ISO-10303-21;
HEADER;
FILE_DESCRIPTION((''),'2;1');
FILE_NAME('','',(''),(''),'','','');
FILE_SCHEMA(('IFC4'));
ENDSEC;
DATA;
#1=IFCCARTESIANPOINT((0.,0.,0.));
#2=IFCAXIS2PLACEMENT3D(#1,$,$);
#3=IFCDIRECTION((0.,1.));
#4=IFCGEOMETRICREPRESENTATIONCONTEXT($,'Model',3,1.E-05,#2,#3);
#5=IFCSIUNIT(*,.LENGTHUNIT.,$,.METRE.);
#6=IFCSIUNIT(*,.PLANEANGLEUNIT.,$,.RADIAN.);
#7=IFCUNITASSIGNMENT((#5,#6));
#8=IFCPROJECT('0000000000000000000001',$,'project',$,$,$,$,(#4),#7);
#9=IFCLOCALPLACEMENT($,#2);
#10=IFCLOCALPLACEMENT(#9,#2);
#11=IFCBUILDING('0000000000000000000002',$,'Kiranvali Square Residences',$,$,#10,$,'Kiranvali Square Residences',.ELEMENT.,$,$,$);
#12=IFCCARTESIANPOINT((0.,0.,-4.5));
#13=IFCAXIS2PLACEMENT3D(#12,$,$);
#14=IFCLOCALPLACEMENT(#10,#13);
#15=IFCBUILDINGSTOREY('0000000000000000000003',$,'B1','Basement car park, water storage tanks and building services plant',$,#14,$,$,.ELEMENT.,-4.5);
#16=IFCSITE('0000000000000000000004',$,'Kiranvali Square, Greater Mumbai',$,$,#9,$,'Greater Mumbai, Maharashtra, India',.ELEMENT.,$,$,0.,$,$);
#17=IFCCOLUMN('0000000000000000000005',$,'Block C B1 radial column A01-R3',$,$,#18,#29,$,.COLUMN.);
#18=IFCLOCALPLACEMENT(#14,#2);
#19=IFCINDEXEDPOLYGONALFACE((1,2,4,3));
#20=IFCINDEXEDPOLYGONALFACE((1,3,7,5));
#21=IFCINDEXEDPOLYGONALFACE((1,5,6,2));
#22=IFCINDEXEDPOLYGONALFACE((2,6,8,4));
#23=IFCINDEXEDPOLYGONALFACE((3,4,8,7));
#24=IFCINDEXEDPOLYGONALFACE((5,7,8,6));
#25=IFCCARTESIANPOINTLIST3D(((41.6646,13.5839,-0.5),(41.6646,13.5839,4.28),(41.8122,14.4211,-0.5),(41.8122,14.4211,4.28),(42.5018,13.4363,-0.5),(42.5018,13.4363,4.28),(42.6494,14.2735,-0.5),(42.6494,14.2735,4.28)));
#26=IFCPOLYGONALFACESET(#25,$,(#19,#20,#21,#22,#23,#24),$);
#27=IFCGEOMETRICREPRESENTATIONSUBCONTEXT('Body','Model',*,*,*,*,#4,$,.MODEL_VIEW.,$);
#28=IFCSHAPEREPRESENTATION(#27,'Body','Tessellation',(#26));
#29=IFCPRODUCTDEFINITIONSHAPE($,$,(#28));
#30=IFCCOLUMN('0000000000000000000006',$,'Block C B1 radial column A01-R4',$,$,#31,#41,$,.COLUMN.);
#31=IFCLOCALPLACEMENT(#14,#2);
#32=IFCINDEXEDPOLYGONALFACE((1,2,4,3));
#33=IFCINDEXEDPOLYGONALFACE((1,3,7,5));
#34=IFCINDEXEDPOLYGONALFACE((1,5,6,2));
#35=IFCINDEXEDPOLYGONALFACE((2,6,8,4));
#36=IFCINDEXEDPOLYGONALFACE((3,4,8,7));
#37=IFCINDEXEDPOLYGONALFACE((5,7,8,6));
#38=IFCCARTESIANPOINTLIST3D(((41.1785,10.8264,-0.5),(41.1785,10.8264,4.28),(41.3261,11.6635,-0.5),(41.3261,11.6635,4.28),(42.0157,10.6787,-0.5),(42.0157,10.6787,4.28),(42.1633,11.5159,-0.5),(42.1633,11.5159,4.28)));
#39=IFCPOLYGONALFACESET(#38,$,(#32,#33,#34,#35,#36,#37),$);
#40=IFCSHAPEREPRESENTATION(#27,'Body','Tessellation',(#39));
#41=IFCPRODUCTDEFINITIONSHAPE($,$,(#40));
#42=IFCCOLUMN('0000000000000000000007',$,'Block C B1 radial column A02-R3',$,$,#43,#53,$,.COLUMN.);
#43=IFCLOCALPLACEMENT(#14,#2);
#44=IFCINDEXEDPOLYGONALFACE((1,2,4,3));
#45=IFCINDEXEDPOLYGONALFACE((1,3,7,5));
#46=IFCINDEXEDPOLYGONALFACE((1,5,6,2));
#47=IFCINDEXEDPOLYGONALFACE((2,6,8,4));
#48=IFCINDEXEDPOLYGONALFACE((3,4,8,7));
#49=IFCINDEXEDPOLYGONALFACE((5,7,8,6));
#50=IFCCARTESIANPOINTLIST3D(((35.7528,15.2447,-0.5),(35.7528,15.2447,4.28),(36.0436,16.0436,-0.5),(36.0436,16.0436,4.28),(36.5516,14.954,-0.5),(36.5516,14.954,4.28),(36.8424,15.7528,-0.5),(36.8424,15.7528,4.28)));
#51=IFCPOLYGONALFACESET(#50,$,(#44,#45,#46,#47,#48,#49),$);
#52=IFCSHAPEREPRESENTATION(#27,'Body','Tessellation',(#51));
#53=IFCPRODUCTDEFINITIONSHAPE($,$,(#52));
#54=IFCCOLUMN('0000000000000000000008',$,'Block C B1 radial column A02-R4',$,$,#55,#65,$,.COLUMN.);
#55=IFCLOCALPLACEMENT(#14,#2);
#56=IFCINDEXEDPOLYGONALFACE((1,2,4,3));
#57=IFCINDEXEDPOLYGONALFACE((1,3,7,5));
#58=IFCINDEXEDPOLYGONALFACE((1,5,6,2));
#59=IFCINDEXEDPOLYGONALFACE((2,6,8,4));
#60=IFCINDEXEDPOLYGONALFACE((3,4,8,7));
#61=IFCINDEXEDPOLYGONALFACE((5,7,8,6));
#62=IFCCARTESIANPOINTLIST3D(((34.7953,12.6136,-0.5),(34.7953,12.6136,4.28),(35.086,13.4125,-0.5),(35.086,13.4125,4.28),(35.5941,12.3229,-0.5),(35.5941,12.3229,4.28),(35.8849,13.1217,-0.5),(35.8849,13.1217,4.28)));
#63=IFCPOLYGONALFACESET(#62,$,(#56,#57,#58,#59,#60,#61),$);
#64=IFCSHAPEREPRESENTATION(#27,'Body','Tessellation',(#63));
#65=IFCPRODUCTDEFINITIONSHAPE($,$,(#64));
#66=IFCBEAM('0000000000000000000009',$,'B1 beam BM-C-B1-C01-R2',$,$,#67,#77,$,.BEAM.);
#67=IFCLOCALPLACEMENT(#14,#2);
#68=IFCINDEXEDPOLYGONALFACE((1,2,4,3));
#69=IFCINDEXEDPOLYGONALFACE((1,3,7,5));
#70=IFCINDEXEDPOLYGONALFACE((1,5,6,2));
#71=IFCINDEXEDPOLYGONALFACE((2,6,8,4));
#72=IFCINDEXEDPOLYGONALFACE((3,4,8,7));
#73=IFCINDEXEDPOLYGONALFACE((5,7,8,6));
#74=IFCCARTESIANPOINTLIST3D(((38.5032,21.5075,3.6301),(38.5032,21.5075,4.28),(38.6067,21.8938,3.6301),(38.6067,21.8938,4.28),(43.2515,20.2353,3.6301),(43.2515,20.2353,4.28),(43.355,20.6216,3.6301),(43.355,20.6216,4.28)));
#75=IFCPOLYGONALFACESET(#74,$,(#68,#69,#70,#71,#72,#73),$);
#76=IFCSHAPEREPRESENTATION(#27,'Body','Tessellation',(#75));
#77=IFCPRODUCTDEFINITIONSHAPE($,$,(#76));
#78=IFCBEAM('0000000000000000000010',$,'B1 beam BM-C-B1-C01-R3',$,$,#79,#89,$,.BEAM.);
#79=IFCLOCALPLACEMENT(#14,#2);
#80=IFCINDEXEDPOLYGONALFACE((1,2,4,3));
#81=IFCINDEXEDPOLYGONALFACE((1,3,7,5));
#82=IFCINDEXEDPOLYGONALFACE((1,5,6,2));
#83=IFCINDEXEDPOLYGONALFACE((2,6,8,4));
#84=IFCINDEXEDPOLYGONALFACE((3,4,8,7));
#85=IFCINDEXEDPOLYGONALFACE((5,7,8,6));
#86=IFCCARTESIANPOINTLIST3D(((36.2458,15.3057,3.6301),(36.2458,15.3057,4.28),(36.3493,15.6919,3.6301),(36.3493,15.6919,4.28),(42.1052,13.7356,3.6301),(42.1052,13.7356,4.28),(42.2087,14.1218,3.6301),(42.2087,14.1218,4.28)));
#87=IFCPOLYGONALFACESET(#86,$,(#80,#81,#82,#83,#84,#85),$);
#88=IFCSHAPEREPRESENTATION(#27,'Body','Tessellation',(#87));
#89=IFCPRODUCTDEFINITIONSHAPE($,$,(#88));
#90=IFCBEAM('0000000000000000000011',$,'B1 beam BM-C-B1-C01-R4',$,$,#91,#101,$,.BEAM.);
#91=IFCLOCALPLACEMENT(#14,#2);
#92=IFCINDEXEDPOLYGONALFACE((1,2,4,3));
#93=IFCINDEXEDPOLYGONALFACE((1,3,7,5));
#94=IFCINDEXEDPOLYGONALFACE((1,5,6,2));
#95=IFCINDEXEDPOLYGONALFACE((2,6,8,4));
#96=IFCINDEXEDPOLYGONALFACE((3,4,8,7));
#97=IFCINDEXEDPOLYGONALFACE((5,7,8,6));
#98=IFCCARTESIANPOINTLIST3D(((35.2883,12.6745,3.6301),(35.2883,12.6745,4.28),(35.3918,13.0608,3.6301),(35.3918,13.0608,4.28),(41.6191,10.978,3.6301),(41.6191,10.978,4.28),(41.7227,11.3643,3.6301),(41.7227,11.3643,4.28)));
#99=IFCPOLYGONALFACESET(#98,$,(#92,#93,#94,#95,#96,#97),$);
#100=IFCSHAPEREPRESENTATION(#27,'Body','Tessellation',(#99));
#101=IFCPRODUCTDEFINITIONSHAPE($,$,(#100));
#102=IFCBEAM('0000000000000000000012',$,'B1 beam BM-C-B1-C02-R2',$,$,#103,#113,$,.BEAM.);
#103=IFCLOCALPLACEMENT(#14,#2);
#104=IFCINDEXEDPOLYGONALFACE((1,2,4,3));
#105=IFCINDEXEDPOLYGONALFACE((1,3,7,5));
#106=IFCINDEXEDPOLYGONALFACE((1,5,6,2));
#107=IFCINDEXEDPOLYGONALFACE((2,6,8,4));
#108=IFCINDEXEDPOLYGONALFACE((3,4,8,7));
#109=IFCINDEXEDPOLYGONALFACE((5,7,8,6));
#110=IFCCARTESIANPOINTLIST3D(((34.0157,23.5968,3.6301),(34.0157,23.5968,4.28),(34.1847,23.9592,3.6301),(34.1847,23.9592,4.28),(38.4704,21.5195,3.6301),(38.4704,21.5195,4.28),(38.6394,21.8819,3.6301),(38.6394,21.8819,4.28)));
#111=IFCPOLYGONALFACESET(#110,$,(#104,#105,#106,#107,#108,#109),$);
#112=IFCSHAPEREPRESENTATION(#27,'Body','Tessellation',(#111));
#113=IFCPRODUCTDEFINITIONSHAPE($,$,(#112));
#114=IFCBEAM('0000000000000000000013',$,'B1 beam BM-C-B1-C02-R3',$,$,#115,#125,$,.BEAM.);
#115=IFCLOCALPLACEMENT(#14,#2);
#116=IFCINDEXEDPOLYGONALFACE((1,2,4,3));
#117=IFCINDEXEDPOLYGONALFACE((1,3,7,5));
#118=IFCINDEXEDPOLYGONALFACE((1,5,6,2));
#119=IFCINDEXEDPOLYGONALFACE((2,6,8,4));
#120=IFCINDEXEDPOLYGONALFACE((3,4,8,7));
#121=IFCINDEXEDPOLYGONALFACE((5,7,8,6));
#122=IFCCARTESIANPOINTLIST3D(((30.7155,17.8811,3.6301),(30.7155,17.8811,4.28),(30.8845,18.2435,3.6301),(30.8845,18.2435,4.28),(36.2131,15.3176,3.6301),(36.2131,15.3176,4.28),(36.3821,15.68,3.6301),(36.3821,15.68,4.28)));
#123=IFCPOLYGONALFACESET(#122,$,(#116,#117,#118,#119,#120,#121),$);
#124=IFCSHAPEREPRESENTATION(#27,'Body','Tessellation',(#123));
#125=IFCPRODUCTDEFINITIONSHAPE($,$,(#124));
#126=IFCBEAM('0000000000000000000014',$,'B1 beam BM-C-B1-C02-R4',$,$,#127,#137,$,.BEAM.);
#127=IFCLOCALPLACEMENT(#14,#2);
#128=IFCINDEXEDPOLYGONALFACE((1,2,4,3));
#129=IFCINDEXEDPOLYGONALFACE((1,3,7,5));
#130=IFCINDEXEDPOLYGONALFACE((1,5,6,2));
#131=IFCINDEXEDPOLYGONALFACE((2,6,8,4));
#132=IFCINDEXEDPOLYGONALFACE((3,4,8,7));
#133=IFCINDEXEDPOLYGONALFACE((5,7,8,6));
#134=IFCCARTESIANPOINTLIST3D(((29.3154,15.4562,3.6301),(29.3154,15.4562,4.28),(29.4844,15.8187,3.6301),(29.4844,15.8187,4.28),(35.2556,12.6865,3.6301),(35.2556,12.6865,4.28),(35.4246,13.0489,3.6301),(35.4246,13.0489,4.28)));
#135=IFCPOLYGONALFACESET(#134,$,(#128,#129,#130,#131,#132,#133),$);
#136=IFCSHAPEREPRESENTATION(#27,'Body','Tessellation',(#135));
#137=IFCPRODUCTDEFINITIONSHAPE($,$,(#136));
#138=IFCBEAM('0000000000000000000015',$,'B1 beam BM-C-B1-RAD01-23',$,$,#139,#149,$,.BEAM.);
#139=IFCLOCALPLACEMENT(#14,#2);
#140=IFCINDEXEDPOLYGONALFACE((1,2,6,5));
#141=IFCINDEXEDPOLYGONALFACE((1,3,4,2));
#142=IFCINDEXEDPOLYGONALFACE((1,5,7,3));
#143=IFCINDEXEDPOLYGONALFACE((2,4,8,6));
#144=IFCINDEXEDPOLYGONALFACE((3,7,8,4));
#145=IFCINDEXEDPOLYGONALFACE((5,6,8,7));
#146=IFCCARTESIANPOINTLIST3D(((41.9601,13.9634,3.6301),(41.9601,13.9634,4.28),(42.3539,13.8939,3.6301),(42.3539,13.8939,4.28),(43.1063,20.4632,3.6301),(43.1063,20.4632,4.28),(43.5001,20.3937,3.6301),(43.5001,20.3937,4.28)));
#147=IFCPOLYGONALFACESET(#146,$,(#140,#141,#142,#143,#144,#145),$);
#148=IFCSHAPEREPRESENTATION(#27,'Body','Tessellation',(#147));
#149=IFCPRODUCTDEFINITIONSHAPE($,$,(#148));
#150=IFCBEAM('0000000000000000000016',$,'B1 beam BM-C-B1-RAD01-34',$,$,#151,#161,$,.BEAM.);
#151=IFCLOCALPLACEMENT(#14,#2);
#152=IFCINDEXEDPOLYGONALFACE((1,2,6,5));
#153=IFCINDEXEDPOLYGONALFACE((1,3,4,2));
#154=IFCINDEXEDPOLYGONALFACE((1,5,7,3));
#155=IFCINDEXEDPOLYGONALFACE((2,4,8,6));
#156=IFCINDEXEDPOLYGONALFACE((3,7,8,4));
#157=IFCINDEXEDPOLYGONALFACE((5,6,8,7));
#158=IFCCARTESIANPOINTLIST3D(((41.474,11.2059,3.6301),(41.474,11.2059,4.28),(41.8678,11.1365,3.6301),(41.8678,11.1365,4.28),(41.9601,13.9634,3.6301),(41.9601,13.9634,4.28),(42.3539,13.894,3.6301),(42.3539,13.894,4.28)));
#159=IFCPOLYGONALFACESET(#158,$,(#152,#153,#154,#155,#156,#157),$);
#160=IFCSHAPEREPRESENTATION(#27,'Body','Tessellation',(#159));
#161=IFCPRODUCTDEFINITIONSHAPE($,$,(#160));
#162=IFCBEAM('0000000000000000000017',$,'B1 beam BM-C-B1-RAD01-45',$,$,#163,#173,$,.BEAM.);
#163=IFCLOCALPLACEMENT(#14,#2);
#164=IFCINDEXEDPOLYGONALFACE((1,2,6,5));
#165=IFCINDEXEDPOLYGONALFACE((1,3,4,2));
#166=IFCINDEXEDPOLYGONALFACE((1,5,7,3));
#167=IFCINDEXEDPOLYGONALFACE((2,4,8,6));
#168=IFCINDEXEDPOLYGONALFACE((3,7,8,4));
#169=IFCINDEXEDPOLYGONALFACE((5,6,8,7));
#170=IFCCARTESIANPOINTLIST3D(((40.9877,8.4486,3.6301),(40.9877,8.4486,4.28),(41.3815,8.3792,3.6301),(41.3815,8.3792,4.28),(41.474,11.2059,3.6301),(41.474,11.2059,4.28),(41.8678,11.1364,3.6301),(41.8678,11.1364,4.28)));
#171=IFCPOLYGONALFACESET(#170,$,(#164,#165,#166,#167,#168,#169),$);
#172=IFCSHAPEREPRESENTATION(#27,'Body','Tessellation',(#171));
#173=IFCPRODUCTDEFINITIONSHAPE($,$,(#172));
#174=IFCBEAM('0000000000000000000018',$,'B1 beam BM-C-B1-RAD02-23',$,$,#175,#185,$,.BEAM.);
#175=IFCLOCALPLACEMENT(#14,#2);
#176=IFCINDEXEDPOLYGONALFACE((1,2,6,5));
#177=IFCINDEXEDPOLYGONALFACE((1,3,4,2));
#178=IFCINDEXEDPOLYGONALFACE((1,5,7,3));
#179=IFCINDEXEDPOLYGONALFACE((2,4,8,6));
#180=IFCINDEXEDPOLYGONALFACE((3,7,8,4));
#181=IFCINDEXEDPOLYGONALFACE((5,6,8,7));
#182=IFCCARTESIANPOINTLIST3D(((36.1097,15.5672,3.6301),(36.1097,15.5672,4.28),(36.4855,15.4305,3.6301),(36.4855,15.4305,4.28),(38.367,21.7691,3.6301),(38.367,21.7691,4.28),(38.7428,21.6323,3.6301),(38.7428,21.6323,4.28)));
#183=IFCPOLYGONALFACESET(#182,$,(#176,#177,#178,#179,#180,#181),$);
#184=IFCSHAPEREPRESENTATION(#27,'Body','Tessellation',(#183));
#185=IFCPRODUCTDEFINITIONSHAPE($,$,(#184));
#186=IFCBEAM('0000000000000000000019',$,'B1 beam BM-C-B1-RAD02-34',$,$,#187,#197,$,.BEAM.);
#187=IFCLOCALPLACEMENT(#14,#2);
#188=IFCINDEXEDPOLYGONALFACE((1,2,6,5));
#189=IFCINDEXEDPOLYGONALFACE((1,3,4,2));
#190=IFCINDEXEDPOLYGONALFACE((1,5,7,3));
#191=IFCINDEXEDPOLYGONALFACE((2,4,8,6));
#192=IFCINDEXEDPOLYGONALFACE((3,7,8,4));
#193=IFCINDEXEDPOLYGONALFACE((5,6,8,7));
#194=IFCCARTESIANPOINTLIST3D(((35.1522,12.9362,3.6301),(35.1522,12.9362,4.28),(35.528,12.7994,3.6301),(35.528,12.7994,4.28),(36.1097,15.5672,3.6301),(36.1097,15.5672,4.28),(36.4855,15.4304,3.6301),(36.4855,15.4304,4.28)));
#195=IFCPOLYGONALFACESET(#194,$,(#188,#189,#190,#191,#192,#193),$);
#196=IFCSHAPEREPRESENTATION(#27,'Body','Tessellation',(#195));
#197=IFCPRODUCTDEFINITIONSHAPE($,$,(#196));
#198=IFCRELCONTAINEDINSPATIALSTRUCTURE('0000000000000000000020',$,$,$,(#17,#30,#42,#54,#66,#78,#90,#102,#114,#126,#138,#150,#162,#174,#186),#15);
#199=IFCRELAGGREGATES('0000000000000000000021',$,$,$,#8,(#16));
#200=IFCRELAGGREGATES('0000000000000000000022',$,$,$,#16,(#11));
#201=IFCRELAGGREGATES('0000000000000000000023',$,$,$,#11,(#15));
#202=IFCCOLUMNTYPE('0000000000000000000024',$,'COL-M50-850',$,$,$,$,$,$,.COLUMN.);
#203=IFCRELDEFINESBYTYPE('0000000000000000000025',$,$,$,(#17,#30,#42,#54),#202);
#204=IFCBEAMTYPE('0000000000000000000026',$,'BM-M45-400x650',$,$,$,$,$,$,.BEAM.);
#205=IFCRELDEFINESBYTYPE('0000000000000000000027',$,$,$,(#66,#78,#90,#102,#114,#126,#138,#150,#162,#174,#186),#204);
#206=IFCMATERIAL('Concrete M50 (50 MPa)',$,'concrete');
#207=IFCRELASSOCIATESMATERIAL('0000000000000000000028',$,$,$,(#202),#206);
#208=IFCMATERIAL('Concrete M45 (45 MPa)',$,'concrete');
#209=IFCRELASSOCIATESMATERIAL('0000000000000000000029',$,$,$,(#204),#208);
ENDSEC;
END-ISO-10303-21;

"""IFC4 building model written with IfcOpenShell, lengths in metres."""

from ifc_helpers import new_model, si_unit, direction, frame, origin, origin_2d, place, context, subcontext, project, spatial, rectangle, extrude, material, material_profile, profile_set, type_object, element, save


model = new_model("IFC4")

# Units and contexts
model_context = context("Model", 3, precision=1e-05, world=origin(), true_north=direction((0.0, 1.0)))
body_context = subcontext(model_context, "Body", "Model", "MODEL_VIEW")
ifc_project = project(units=[si_unit("LENGTHUNIT", "METRE"), si_unit("PLANEANGLEUNIT", "RADIAN")], contexts=[model_context])

# Site, building, storey
site_placement = place(None, origin())
site = spatial("IfcSite", under=ifc_project, at=site_placement, Name="Kiranvali Square, Greater Mumbai", LongName="Greater Mumbai, Maharashtra, India", CompositionType="ELEMENT", RefElevation=0.0)
building_placement = place(site_placement, origin())
building = spatial("IfcBuilding", under=site, at=building_placement, Name="Kiranvali Square Residences", LongName="Kiranvali Square Residences", CompositionType="ELEMENT")
storey_placement = place(building_placement, frame((0.0, 0.0, -4.5)))
storey = spatial("IfcBuildingStorey", under=building, at=storey_placement, Name="B1", Description="Basement car park, water storage tanks and building services plant", CompositionType="ELEMENT", Elevation=-4.5)

# Columns
ifc_material_1 = material(Name="Concrete M45 (45 MPa)", Category="concrete")
ifc_material_2 = material(Name="Concrete M50 (50 MPa)", Category="concrete")
ifc_material_profile_1 = material_profile(ifc_material_2, rectangle(XDim=0.8501, YDim=0.8501, at=origin_2d()), Name="RC 850x850")
ifc_profile_set_1 = profile_set([ifc_material_profile_1], Name="Concrete M50 (50 MPa)")
column_type_1 = type_object("IfcColumnType", Name="COL-M50-850", PredefinedType="COLUMN", material=ifc_profile_set_1)
for number, where, z_axis, x_axis, name in (
    (1, (42.157, 13.9287, -0.5), (0.0, 0.0, 1.0), (-0.984808, 0.173648, 0.0), "Block C B1 radial column A01-R3"),
    (2, (41.6709, 11.1711, -0.5), (0.0, 0.0, 1.0), (-0.984808, 0.173648, 0.0), "Block C B1 radial column A01-R4"),
    (3, (36.2976, 15.4988, -0.5), (0.0, 0.0, 1.0), (-0.939693, 0.34202, 0.0), "Block C B1 radial column A02-R3"),
    (4, (35.3401, 12.8677, -0.5), (0.0, 0.0, 1.0), (-0.939693, 0.34202, 0.0), "Block C B1 radial column A02-R4"),
):
    element("IfcColumn", number, at=place(storey_placement, frame(where, z_axis=z_axis, x_axis=x_axis)), inside=storey, type_object=column_type_1, Name=name, PredefinedType="COLUMN", context=body_context, shape_type="SweptSolid", body=[
        extrude(rectangle(XDim=0.8501, YDim=0.8501, at=origin_2d()), origin(), (0.0, 0.0, 1.0), 4.78),
    ])

# Beams
ifc_material_profile_2 = material_profile(ifc_material_1, rectangle(XDim=0.3999, YDim=0.6499, at=origin_2d()), Name="RC 400x650")
ifc_profile_set_2 = profile_set([ifc_material_profile_2], Name="Concrete M45 (45 MPa)")
beam_type = type_object("IfcBeamType", Name="BM-M45-400x650", PredefinedType="BEAM", material=ifc_profile_set_2)
beam_1_placement = place(storey_placement, frame((43.3032, 20.4285, 3.9551), z_axis=(-0.96593, 0.258803, 0.0), x_axis=(-0.258803, -0.96593, 0.0)))
element("IfcBeam", 5, at=beam_1_placement, inside=storey, type_object=beam_type, Name="B1 beam BM-C-B1-C01-R2", PredefinedType="BEAM", context=body_context, shape_type="SweptSolid", body=[
    extrude(rectangle(XDim=0.3999, YDim=0.6499, at=origin_2d()), origin(), (0.0, 0.0, 1.0), 4.9158),
])
beam_2_placement = place(storey_placement, frame((42.157, 13.9287, 3.9551), z_axis=(-0.965924, 0.258827, 0.0), x_axis=(-0.258827, -0.965924, 0.0)))
element("IfcBeam", 6, at=beam_2_placement, inside=storey, type_object=beam_type, Name="B1 beam BM-C-B1-C01-R3", PredefinedType="BEAM", context=body_context, shape_type="SweptSolid", body=[
    extrude(rectangle(XDim=0.3999, YDim=0.6499, at=origin_2d()), origin(), (0.0, 0.0, 1.0), 6.0662),
])
beam_3_placement = place(storey_placement, frame((41.6709, 11.1711, 3.9551), z_axis=(-0.965918, 0.258847, 0.0), x_axis=(-0.258847, -0.965918, 0.0)))
element("IfcBeam", 7, at=beam_3_placement, inside=storey, type_object=beam_type, Name="B1 beam BM-C-B1-C01-R4", PredefinedType="BEAM", context=body_context, shape_type="SweptSolid", body=[
    extrude(rectangle(XDim=0.3999, YDim=0.6499, at=origin_2d()), origin(), (0.0, 0.0, 1.0), 6.5542),
])
beam_4_placement = place(storey_placement, frame((38.5549, 21.7007, 3.9551), z_axis=(-0.906302, 0.42263, 0.0), x_axis=(-0.42263, -0.906302, 0.0)))
element("IfcBeam", 8, at=beam_4_placement, inside=storey, type_object=beam_type, Name="B1 beam BM-C-B1-C02-R2", PredefinedType="BEAM", context=body_context, shape_type="SweptSolid", body=[
    extrude(rectangle(XDim=0.3999, YDim=0.6499, at=origin_2d()), origin(), (0.0, 0.0, 1.0), 4.9153),
])
beam_5_placement = place(storey_placement, frame((36.2976, 15.4988, 3.9551), z_axis=(-0.906313, 0.422608, 0.0), x_axis=(-0.422608, -0.906313, 0.0)))
element("IfcBeam", 9, at=beam_5_placement, inside=storey, type_object=beam_type, Name="B1 beam BM-C-B1-C02-R3", PredefinedType="BEAM", context=body_context, shape_type="SweptSolid", body=[
    extrude(rectangle(XDim=0.3999, YDim=0.6499, at=origin_2d()), origin(), (0.0, 0.0, 1.0), 6.0659),
])
beam_6_placement = place(storey_placement, frame((35.3401, 12.8677, 3.9551), z_axis=(-0.906318, 0.422596, 0.0), x_axis=(-0.422596, -0.906318, 0.0)))
element("IfcBeam", 10, at=beam_6_placement, inside=storey, type_object=beam_type, Name="B1 beam BM-C-B1-C02-R4", PredefinedType="BEAM", context=body_context, shape_type="SweptSolid", body=[
    extrude(rectangle(XDim=0.3999, YDim=0.6499, at=origin_2d()), origin(), (0.0, 0.0, 1.0), 6.5542),
])
beam_7_placement = place(storey_placement, frame((43.3032, 20.4285, 3.9551), z_axis=(-0.173671, -0.984804, 0.0), x_axis=(0.984804, -0.173671, 0.0)))
element("IfcBeam", 11, at=beam_7_placement, inside=storey, type_object=beam_type, Name="B1 beam BM-C-B1-RAD01-23", PredefinedType="BEAM", context=body_context, shape_type="SweptSolid", body=[
    extrude(rectangle(XDim=0.3999, YDim=0.6499, at=origin_2d()), origin(), (0.0, 0.0, 1.0), 6.6001),
])
beam_8_placement = place(storey_placement, frame((42.157, 13.9287, 3.9551), z_axis=(-0.173596, -0.984817, 0.0), x_axis=(0.984817, -0.173596, 0.0)))
element("IfcBeam", 12, at=beam_8_placement, inside=storey, type_object=beam_type, Name="B1 beam BM-C-B1-RAD01-34", PredefinedType="BEAM", context=body_context, shape_type="SweptSolid", body=[
    extrude(rectangle(XDim=0.3999, YDim=0.6499, at=origin_2d()), origin(), (0.0, 0.0, 1.0), 2.8),
])
beam_9_placement = place(storey_placement, frame((41.6709, 11.1711, 3.9551), z_axis=(-0.173696, -0.984799, 0.0), x_axis=(0.984799, -0.173696, 0.0)))
element("IfcBeam", 13, at=beam_9_placement, inside=storey, type_object=beam_type, Name="B1 beam BM-C-B1-RAD01-45", PredefinedType="BEAM", context=body_context, shape_type="SweptSolid", body=[
    extrude(rectangle(XDim=0.3999, YDim=0.6499, at=origin_2d()), origin(), (0.0, 0.0, 1.0), 2.7998),
])
beam_10_placement = place(storey_placement, frame((38.5549, 21.7007, 3.9551), z_axis=(-0.342022, -0.939692, 0.0), x_axis=(0.939692, -0.342022, 0.0)))
element("IfcBeam", 14, at=beam_10_placement, inside=storey, type_object=beam_type, Name="B1 beam BM-C-B1-RAD02-23", PredefinedType="BEAM", context=body_context, shape_type="SweptSolid", body=[
    extrude(rectangle(XDim=0.3999, YDim=0.6499, at=origin_2d()), origin(), (0.0, 0.0, 1.0), 6.5999),
])
beam_11_placement = place(storey_placement, frame((36.2976, 15.4988, 3.9551), z_axis=(-0.341981, -0.939707, 0.0), x_axis=(0.939707, -0.341981, 0.0)))
element("IfcBeam", 15, at=beam_11_placement, inside=storey, type_object=beam_type, Name="B1 beam BM-C-B1-RAD02-34", PredefinedType="BEAM", context=body_context, shape_type="SweptSolid", body=[
    extrude(rectangle(XDim=0.3999, YDim=0.6499, at=origin_2d()), origin(), (0.0, 0.0, 1.0), 2.7998),
])

save(model, "model.ifc")
